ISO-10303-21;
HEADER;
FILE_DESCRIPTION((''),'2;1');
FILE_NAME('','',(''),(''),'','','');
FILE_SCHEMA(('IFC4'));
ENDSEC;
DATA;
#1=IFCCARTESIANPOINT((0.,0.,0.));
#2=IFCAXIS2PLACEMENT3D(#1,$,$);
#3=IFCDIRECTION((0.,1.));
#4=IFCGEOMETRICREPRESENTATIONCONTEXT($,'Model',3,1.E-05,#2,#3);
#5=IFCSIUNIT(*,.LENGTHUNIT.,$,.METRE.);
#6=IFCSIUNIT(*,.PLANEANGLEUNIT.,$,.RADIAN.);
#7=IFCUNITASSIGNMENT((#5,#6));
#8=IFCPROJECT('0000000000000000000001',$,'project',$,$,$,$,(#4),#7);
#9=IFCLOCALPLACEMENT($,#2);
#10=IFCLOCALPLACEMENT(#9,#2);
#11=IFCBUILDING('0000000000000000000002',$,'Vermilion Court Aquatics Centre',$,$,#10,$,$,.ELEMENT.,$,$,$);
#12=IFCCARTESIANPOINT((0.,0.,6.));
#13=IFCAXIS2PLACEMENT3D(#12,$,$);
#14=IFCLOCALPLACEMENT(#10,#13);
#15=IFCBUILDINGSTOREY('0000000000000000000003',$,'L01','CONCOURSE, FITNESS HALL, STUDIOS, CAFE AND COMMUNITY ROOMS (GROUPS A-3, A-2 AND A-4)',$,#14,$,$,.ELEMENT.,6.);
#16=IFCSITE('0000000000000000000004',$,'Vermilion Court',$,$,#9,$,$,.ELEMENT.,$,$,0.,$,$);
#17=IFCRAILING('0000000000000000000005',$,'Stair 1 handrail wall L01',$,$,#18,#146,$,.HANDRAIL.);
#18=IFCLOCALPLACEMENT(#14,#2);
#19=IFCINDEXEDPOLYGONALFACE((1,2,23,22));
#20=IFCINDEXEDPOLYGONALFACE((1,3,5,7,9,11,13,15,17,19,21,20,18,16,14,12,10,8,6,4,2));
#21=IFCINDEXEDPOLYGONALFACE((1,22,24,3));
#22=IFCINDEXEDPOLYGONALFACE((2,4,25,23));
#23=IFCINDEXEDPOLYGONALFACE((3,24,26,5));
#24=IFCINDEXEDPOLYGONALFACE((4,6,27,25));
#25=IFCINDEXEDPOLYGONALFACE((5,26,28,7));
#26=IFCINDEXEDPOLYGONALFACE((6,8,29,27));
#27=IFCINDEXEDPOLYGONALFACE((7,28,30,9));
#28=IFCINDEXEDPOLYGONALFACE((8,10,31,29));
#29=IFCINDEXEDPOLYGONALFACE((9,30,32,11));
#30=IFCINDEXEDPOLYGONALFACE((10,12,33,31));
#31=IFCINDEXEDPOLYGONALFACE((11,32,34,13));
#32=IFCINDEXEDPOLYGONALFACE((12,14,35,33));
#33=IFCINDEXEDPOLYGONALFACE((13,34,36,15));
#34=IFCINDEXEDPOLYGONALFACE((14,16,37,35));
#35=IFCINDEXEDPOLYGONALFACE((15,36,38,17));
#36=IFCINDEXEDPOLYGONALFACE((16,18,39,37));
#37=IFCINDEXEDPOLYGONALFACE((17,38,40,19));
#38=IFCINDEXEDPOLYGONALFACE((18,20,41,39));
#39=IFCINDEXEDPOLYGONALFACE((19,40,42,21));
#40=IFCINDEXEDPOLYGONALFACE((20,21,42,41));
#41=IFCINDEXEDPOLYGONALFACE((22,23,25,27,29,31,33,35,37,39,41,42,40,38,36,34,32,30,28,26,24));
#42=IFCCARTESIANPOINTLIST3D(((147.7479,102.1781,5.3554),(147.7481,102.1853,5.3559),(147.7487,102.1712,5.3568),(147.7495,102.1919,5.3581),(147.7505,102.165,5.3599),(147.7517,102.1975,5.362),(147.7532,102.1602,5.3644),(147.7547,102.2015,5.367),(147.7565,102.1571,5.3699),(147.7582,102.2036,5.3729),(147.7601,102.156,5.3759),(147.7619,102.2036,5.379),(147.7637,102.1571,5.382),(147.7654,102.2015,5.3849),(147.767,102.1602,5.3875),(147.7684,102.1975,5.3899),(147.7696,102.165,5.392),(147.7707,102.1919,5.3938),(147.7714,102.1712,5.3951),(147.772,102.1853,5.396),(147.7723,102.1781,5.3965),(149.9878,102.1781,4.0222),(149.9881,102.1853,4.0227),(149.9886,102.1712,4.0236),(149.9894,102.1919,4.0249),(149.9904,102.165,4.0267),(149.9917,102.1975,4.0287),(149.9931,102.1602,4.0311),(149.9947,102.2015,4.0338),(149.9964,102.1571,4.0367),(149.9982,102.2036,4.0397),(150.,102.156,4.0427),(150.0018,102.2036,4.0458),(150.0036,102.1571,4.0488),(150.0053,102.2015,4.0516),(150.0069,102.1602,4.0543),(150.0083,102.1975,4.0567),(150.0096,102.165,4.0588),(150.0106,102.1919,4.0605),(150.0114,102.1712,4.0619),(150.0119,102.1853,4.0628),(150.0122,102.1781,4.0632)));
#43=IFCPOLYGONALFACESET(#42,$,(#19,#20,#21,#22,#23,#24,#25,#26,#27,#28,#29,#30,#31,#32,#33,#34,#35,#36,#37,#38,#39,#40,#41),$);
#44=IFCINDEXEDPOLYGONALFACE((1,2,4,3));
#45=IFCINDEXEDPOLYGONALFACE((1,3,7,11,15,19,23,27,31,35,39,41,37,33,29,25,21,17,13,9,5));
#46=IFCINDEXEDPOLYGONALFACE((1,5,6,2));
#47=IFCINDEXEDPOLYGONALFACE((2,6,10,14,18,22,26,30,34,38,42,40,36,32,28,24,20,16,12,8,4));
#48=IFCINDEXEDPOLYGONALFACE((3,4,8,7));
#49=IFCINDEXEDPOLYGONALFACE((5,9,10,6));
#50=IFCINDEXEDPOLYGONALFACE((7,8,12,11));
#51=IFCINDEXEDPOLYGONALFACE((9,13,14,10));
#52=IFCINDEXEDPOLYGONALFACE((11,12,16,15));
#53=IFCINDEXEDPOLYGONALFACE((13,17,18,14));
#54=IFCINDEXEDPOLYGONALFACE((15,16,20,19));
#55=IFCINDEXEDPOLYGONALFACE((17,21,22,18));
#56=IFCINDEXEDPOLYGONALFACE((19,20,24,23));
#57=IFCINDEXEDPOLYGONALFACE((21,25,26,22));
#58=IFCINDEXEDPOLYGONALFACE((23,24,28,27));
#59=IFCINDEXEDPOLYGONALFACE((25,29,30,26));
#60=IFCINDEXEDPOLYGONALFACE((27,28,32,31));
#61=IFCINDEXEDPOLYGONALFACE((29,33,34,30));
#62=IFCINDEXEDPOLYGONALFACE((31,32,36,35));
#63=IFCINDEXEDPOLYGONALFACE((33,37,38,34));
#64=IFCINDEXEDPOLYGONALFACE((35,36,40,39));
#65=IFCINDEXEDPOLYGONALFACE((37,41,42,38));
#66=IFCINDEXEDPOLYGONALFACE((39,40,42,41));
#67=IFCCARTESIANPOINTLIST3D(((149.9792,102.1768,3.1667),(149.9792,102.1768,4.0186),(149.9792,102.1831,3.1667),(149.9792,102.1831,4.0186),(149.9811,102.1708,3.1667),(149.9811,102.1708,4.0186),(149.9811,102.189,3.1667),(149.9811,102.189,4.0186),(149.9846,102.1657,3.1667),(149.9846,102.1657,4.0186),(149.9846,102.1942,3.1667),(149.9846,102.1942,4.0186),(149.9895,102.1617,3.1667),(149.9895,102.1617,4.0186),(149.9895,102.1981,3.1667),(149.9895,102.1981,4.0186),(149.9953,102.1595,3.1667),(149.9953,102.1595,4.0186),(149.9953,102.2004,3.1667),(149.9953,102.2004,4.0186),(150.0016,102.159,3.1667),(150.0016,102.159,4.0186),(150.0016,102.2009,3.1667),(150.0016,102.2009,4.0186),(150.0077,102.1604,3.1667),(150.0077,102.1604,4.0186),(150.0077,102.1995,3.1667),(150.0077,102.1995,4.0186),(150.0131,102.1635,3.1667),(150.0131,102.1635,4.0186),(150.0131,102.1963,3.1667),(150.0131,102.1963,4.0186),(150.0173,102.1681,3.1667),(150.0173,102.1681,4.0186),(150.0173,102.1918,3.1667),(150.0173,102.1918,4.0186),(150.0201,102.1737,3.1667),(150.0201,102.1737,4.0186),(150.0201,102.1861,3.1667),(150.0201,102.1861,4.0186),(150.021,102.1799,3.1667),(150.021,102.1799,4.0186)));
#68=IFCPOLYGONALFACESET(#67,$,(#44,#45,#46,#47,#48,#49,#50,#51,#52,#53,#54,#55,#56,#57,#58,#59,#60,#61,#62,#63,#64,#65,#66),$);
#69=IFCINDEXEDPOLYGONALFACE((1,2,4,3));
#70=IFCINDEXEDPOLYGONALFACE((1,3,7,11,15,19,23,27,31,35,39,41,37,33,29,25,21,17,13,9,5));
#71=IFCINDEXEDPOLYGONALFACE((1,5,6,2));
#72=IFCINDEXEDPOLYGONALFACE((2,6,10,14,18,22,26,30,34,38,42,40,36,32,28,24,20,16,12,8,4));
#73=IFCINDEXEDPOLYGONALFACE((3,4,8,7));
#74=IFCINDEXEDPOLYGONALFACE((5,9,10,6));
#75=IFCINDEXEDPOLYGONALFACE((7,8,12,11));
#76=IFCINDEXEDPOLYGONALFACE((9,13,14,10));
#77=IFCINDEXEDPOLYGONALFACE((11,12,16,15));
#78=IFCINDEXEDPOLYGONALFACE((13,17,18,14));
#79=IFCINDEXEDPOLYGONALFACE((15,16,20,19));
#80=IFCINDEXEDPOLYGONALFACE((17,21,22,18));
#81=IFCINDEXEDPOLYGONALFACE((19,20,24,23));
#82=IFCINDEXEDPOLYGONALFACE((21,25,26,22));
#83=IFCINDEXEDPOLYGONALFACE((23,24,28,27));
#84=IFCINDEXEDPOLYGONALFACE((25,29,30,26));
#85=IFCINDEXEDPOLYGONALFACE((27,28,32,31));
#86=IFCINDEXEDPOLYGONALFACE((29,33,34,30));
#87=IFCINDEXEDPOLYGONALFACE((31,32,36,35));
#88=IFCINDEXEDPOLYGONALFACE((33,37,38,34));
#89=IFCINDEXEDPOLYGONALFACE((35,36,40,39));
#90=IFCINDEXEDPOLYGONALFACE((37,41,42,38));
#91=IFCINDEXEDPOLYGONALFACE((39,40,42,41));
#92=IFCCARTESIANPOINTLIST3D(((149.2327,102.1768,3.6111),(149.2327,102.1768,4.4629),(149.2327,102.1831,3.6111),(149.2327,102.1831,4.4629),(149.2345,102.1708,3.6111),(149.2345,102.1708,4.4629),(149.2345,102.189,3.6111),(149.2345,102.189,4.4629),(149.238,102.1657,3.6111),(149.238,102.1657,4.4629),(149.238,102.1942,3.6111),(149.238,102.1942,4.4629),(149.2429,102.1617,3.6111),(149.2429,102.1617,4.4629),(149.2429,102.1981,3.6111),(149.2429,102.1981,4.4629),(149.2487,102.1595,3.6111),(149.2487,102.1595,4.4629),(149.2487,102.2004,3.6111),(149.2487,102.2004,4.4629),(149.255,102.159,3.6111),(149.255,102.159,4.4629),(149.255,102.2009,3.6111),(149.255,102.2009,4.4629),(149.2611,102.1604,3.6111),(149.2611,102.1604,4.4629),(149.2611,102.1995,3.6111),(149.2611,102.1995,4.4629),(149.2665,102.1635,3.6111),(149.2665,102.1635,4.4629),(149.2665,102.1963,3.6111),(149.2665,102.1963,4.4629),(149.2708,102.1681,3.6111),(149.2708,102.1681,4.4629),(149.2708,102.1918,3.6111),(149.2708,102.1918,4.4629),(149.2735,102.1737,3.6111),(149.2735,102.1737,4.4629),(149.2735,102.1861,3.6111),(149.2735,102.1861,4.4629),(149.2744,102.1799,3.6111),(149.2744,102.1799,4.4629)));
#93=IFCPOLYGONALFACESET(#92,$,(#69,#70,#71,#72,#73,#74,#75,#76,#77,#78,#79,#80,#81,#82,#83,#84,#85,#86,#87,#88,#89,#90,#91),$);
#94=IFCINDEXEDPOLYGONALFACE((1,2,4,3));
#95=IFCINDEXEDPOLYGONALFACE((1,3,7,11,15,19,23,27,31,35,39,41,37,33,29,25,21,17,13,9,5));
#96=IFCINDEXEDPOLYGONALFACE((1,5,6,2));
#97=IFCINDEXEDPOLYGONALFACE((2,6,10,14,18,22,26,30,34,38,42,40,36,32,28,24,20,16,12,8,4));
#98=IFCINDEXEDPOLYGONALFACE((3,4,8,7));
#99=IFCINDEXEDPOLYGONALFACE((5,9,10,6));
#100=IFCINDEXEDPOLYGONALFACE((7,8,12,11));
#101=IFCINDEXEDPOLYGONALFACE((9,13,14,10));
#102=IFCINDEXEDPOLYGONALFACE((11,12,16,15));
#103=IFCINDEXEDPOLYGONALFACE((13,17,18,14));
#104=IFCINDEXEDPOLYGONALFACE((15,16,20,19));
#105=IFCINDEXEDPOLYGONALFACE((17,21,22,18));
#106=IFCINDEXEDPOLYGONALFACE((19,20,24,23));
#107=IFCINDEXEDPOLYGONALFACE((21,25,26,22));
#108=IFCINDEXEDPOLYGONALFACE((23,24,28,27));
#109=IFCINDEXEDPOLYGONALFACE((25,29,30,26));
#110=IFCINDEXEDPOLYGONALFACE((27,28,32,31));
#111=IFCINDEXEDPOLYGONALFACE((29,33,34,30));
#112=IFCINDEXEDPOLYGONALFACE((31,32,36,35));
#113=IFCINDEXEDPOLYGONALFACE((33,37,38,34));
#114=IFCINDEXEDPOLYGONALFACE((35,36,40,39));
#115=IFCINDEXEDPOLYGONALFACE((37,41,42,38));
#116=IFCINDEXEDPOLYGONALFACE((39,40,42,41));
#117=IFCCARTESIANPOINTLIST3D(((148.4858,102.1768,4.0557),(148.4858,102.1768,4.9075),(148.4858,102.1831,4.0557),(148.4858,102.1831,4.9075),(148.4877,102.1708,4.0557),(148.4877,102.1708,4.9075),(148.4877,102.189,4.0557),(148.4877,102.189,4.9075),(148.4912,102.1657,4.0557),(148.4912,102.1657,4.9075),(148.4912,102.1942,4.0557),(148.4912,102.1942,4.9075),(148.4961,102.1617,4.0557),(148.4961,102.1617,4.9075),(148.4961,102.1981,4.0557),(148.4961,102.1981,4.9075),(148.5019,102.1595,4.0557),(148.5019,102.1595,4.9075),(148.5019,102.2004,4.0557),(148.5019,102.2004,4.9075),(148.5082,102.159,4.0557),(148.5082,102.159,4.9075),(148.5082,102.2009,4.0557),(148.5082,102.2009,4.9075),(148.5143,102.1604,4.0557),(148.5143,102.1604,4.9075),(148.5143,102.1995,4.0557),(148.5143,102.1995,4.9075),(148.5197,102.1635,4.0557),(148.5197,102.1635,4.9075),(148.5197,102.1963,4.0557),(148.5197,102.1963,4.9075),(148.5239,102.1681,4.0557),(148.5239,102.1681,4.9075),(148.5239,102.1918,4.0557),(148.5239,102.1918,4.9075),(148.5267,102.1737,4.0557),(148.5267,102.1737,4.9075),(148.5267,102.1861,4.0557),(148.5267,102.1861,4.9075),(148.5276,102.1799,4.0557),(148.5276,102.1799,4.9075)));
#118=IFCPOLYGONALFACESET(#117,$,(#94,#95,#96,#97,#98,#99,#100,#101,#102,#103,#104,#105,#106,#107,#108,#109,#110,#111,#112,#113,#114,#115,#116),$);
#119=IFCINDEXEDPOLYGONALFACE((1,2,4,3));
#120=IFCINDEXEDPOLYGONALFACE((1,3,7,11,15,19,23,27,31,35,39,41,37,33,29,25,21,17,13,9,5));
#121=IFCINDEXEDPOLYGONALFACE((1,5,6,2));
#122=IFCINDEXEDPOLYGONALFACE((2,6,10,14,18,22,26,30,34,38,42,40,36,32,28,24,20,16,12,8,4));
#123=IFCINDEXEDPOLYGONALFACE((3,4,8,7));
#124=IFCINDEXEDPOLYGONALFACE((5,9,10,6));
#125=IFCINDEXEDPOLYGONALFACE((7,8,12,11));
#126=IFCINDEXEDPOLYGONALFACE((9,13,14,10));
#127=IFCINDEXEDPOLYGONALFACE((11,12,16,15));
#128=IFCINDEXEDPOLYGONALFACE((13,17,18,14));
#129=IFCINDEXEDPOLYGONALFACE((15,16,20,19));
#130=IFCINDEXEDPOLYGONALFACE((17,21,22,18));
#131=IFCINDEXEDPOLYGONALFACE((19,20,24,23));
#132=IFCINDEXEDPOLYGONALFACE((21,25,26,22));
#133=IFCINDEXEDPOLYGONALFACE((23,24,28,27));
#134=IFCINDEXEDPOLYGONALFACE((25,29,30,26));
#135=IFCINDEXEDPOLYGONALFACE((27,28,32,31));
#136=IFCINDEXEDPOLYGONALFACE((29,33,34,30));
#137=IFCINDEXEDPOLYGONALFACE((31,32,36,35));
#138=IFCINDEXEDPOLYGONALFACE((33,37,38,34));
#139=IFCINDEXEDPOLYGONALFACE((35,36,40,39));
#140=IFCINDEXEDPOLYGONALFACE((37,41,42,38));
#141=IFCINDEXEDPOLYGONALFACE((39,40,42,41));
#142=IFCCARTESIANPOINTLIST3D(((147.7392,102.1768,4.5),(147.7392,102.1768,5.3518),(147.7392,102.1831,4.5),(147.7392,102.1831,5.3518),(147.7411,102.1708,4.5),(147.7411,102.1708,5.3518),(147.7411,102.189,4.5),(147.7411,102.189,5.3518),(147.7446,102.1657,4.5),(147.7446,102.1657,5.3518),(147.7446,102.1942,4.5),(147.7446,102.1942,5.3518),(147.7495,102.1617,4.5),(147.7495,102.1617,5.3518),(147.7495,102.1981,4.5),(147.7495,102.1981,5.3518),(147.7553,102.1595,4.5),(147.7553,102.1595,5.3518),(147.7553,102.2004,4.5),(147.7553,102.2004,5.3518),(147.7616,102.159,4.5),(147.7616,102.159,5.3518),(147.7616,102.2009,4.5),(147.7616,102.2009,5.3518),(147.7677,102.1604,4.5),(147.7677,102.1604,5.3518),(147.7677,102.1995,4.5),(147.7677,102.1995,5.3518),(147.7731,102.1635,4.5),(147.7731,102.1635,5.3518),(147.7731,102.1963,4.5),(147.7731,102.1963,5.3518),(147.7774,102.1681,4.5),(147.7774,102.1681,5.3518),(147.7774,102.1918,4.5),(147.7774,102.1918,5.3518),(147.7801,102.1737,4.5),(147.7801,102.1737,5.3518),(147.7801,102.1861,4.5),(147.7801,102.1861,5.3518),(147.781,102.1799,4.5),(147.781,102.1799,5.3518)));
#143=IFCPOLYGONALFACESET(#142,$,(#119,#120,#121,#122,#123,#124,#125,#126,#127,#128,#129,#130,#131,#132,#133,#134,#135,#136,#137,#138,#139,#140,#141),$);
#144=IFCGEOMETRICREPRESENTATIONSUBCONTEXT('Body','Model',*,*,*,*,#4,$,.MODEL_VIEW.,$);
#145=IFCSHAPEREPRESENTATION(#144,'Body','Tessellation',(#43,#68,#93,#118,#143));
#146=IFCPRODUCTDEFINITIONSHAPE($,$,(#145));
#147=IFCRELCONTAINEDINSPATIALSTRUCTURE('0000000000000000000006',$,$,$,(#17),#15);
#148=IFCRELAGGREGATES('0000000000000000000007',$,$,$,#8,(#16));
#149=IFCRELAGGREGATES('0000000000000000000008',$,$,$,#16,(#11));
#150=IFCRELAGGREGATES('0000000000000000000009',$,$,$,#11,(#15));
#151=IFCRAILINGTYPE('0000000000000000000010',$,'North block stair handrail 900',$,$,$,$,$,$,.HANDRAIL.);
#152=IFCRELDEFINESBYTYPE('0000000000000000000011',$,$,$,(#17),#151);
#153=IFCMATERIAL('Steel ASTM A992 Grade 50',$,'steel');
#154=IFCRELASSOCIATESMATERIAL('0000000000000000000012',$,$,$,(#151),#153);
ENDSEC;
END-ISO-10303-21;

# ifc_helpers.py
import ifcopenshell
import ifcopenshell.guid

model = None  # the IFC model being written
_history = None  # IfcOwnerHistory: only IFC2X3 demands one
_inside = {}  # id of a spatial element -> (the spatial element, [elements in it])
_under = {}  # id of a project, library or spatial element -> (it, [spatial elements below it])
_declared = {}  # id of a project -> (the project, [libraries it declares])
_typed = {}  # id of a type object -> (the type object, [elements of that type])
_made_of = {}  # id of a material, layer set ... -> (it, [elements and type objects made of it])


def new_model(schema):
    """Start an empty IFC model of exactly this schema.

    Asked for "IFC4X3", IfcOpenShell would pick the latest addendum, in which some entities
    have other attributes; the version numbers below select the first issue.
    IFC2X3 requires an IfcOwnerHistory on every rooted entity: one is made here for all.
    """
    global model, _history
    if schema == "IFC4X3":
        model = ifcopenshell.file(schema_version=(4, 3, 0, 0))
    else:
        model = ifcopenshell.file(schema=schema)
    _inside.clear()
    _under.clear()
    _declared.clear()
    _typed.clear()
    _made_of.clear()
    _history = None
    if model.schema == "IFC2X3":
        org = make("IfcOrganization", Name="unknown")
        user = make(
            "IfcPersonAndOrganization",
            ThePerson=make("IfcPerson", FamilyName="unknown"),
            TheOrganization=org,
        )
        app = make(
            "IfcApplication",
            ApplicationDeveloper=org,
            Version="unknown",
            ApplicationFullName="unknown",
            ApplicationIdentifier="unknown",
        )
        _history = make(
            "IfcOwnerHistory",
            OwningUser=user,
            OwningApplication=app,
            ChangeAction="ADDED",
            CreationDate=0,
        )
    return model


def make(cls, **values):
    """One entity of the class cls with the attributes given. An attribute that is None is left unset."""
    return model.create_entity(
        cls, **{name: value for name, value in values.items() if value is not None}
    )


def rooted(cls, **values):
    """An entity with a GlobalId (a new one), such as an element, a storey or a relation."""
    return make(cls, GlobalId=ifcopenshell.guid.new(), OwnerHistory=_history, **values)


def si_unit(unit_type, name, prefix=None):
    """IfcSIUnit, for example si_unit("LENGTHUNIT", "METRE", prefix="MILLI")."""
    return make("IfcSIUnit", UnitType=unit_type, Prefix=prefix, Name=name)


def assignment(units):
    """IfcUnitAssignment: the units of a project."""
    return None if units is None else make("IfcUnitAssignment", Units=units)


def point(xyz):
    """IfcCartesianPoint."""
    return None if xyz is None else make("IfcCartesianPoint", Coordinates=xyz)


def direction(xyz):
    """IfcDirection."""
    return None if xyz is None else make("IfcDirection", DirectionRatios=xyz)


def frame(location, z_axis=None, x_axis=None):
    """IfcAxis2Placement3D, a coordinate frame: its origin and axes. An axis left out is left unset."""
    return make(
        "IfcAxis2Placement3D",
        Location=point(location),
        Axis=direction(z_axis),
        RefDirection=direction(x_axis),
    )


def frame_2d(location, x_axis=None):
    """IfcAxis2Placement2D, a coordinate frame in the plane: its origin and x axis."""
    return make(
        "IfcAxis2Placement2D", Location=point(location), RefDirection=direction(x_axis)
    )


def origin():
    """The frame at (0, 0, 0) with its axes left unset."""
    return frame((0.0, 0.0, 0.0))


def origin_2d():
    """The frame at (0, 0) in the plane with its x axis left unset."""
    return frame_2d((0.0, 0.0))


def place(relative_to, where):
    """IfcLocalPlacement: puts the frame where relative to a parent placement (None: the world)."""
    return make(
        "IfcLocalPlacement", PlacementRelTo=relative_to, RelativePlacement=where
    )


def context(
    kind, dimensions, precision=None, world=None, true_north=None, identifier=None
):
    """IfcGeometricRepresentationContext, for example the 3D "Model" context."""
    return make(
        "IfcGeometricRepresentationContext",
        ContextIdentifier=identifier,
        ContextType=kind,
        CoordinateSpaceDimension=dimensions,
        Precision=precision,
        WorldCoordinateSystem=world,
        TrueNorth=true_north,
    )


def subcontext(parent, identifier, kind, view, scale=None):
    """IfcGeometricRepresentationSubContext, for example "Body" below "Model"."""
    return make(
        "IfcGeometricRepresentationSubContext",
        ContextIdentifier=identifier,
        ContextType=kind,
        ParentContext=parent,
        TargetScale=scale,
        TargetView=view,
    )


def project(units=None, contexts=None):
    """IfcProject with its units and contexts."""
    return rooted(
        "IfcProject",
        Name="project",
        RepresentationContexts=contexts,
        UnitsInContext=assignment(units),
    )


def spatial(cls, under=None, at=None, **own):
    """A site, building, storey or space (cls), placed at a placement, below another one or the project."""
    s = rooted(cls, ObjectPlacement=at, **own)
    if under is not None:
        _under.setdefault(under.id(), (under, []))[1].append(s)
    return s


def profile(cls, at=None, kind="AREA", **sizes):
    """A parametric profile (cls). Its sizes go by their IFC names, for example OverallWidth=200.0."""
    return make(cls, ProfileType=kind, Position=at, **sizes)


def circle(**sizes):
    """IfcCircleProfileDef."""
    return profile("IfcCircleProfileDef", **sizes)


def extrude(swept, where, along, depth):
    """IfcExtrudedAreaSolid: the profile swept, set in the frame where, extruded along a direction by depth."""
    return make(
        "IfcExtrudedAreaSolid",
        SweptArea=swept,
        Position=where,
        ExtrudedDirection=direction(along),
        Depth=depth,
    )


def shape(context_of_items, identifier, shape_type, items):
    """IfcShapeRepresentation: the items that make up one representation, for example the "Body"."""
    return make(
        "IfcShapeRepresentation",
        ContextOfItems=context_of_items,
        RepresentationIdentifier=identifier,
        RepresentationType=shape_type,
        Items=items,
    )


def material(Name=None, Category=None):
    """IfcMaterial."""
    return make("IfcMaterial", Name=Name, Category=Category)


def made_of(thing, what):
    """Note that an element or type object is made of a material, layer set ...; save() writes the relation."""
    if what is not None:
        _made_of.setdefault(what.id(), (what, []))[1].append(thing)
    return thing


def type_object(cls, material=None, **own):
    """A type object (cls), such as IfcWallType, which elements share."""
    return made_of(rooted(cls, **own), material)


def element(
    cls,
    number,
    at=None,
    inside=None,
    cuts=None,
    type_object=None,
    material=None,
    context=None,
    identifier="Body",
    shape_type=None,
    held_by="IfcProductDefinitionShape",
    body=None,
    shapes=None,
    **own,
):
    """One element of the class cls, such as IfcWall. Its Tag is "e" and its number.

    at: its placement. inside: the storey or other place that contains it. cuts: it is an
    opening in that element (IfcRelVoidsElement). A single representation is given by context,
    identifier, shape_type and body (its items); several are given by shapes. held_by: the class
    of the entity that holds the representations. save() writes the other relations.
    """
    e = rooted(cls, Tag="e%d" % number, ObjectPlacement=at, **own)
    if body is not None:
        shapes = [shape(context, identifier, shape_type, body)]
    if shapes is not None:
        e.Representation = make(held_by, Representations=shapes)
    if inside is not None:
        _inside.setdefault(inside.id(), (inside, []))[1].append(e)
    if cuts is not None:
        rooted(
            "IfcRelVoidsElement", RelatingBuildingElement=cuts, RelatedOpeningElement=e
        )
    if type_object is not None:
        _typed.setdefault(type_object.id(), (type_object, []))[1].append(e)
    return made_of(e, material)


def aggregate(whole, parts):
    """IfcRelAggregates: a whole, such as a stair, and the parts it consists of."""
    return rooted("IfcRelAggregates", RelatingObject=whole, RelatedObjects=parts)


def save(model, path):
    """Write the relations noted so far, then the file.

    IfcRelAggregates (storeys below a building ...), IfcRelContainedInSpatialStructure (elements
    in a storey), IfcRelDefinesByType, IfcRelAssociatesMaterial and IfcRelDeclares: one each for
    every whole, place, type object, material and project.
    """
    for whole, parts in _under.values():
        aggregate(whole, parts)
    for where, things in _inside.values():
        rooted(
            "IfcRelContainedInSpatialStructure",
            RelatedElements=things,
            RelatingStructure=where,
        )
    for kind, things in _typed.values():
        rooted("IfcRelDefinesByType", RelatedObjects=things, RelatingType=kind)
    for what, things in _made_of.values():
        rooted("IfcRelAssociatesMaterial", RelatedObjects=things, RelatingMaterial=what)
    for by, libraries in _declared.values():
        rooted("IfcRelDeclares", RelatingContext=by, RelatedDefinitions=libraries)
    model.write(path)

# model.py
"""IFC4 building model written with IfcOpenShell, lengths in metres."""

from ifc_helpers import new_model, si_unit, direction, frame, origin, origin_2d, place, context, subcontext, project, spatial, circle, extrude, material, type_object, element, save


model = new_model("IFC4")

# Units and contexts
model_context = context("Model", 3, precision=1e-05, world=origin(), true_north=direction((0.0, 1.0)))
body_context = subcontext(model_context, "Body", "Model", "MODEL_VIEW")
ifc_project = project(units=[si_unit("LENGTHUNIT", "METRE"), si_unit("PLANEANGLEUNIT", "RADIAN")], contexts=[model_context])

# Site, building, storey
site_placement = place(None, origin())
site = spatial("IfcSite", under=ifc_project, at=site_placement, Name="Vermilion Court", CompositionType="ELEMENT", RefElevation=0.0)
building_placement = place(site_placement, origin())
building = spatial("IfcBuilding", under=site, at=building_placement, Name="Vermilion Court Aquatics Centre", CompositionType="ELEMENT")
storey_placement = place(building_placement, frame((0.0, 0.0, 6.0)))
storey = spatial("IfcBuildingStorey", under=building, at=storey_placement, Name="L01", Description="CONCOURSE, FITNESS HALL, STUDIOS, CAFE AND COMMUNITY ROOMS (GROUPS A-3, A-2 AND A-4)", CompositionType="ELEMENT", Elevation=6.0)

# Railing
ifc_material_1 = material(Name="Steel ASTM A992 Grade 50", Category="steel")
railing_type_1 = type_object("IfcRailingType", Name="North block stair handrail 900", PredefinedType="HANDRAIL", material=ifc_material_1)
for number, where, name in (
    (1, (150.0, 102.1799, 3.1667), "Stair 1 handrail wall L01"),
):
    element("IfcRailing", number, at=place(storey_placement, frame(where)), inside=storey, type_object=railing_type_1, Name=name, PredefinedType="HANDRAIL", context=body_context, shape_type="SweptSolid", body=[
        extrude(circle(Radius=0.0239, at=origin_2d()), frame((0.0, 0.0, 0.876), z_axis=(-0.859306, 0.0, 0.511462), x_axis=(0.0, -1.0, 0.0)), (0.0, 0.0, 1.0), 2.6067),
        extrude(circle(Radius=0.021, at=origin_2d()), origin(), (0.0, 0.0, 1.0), 0.8518),
        extrude(circle(Radius=0.021, at=origin_2d()), frame((-0.7466, 0.0, 0.4443)), (0.0, 0.0, 1.0), 0.8518),
        extrude(circle(Radius=0.021, at=origin_2d()), frame((-1.4934, 0.0, 0.8889)), (0.0, 0.0, 1.0), 0.8518),
        extrude(circle(Radius=0.021, at=origin_2d()), frame((-2.24, 0.0, 1.3333)), (0.0, 0.0, 1.0), 0.8518),
    ])

save(model, "model.ifc")
